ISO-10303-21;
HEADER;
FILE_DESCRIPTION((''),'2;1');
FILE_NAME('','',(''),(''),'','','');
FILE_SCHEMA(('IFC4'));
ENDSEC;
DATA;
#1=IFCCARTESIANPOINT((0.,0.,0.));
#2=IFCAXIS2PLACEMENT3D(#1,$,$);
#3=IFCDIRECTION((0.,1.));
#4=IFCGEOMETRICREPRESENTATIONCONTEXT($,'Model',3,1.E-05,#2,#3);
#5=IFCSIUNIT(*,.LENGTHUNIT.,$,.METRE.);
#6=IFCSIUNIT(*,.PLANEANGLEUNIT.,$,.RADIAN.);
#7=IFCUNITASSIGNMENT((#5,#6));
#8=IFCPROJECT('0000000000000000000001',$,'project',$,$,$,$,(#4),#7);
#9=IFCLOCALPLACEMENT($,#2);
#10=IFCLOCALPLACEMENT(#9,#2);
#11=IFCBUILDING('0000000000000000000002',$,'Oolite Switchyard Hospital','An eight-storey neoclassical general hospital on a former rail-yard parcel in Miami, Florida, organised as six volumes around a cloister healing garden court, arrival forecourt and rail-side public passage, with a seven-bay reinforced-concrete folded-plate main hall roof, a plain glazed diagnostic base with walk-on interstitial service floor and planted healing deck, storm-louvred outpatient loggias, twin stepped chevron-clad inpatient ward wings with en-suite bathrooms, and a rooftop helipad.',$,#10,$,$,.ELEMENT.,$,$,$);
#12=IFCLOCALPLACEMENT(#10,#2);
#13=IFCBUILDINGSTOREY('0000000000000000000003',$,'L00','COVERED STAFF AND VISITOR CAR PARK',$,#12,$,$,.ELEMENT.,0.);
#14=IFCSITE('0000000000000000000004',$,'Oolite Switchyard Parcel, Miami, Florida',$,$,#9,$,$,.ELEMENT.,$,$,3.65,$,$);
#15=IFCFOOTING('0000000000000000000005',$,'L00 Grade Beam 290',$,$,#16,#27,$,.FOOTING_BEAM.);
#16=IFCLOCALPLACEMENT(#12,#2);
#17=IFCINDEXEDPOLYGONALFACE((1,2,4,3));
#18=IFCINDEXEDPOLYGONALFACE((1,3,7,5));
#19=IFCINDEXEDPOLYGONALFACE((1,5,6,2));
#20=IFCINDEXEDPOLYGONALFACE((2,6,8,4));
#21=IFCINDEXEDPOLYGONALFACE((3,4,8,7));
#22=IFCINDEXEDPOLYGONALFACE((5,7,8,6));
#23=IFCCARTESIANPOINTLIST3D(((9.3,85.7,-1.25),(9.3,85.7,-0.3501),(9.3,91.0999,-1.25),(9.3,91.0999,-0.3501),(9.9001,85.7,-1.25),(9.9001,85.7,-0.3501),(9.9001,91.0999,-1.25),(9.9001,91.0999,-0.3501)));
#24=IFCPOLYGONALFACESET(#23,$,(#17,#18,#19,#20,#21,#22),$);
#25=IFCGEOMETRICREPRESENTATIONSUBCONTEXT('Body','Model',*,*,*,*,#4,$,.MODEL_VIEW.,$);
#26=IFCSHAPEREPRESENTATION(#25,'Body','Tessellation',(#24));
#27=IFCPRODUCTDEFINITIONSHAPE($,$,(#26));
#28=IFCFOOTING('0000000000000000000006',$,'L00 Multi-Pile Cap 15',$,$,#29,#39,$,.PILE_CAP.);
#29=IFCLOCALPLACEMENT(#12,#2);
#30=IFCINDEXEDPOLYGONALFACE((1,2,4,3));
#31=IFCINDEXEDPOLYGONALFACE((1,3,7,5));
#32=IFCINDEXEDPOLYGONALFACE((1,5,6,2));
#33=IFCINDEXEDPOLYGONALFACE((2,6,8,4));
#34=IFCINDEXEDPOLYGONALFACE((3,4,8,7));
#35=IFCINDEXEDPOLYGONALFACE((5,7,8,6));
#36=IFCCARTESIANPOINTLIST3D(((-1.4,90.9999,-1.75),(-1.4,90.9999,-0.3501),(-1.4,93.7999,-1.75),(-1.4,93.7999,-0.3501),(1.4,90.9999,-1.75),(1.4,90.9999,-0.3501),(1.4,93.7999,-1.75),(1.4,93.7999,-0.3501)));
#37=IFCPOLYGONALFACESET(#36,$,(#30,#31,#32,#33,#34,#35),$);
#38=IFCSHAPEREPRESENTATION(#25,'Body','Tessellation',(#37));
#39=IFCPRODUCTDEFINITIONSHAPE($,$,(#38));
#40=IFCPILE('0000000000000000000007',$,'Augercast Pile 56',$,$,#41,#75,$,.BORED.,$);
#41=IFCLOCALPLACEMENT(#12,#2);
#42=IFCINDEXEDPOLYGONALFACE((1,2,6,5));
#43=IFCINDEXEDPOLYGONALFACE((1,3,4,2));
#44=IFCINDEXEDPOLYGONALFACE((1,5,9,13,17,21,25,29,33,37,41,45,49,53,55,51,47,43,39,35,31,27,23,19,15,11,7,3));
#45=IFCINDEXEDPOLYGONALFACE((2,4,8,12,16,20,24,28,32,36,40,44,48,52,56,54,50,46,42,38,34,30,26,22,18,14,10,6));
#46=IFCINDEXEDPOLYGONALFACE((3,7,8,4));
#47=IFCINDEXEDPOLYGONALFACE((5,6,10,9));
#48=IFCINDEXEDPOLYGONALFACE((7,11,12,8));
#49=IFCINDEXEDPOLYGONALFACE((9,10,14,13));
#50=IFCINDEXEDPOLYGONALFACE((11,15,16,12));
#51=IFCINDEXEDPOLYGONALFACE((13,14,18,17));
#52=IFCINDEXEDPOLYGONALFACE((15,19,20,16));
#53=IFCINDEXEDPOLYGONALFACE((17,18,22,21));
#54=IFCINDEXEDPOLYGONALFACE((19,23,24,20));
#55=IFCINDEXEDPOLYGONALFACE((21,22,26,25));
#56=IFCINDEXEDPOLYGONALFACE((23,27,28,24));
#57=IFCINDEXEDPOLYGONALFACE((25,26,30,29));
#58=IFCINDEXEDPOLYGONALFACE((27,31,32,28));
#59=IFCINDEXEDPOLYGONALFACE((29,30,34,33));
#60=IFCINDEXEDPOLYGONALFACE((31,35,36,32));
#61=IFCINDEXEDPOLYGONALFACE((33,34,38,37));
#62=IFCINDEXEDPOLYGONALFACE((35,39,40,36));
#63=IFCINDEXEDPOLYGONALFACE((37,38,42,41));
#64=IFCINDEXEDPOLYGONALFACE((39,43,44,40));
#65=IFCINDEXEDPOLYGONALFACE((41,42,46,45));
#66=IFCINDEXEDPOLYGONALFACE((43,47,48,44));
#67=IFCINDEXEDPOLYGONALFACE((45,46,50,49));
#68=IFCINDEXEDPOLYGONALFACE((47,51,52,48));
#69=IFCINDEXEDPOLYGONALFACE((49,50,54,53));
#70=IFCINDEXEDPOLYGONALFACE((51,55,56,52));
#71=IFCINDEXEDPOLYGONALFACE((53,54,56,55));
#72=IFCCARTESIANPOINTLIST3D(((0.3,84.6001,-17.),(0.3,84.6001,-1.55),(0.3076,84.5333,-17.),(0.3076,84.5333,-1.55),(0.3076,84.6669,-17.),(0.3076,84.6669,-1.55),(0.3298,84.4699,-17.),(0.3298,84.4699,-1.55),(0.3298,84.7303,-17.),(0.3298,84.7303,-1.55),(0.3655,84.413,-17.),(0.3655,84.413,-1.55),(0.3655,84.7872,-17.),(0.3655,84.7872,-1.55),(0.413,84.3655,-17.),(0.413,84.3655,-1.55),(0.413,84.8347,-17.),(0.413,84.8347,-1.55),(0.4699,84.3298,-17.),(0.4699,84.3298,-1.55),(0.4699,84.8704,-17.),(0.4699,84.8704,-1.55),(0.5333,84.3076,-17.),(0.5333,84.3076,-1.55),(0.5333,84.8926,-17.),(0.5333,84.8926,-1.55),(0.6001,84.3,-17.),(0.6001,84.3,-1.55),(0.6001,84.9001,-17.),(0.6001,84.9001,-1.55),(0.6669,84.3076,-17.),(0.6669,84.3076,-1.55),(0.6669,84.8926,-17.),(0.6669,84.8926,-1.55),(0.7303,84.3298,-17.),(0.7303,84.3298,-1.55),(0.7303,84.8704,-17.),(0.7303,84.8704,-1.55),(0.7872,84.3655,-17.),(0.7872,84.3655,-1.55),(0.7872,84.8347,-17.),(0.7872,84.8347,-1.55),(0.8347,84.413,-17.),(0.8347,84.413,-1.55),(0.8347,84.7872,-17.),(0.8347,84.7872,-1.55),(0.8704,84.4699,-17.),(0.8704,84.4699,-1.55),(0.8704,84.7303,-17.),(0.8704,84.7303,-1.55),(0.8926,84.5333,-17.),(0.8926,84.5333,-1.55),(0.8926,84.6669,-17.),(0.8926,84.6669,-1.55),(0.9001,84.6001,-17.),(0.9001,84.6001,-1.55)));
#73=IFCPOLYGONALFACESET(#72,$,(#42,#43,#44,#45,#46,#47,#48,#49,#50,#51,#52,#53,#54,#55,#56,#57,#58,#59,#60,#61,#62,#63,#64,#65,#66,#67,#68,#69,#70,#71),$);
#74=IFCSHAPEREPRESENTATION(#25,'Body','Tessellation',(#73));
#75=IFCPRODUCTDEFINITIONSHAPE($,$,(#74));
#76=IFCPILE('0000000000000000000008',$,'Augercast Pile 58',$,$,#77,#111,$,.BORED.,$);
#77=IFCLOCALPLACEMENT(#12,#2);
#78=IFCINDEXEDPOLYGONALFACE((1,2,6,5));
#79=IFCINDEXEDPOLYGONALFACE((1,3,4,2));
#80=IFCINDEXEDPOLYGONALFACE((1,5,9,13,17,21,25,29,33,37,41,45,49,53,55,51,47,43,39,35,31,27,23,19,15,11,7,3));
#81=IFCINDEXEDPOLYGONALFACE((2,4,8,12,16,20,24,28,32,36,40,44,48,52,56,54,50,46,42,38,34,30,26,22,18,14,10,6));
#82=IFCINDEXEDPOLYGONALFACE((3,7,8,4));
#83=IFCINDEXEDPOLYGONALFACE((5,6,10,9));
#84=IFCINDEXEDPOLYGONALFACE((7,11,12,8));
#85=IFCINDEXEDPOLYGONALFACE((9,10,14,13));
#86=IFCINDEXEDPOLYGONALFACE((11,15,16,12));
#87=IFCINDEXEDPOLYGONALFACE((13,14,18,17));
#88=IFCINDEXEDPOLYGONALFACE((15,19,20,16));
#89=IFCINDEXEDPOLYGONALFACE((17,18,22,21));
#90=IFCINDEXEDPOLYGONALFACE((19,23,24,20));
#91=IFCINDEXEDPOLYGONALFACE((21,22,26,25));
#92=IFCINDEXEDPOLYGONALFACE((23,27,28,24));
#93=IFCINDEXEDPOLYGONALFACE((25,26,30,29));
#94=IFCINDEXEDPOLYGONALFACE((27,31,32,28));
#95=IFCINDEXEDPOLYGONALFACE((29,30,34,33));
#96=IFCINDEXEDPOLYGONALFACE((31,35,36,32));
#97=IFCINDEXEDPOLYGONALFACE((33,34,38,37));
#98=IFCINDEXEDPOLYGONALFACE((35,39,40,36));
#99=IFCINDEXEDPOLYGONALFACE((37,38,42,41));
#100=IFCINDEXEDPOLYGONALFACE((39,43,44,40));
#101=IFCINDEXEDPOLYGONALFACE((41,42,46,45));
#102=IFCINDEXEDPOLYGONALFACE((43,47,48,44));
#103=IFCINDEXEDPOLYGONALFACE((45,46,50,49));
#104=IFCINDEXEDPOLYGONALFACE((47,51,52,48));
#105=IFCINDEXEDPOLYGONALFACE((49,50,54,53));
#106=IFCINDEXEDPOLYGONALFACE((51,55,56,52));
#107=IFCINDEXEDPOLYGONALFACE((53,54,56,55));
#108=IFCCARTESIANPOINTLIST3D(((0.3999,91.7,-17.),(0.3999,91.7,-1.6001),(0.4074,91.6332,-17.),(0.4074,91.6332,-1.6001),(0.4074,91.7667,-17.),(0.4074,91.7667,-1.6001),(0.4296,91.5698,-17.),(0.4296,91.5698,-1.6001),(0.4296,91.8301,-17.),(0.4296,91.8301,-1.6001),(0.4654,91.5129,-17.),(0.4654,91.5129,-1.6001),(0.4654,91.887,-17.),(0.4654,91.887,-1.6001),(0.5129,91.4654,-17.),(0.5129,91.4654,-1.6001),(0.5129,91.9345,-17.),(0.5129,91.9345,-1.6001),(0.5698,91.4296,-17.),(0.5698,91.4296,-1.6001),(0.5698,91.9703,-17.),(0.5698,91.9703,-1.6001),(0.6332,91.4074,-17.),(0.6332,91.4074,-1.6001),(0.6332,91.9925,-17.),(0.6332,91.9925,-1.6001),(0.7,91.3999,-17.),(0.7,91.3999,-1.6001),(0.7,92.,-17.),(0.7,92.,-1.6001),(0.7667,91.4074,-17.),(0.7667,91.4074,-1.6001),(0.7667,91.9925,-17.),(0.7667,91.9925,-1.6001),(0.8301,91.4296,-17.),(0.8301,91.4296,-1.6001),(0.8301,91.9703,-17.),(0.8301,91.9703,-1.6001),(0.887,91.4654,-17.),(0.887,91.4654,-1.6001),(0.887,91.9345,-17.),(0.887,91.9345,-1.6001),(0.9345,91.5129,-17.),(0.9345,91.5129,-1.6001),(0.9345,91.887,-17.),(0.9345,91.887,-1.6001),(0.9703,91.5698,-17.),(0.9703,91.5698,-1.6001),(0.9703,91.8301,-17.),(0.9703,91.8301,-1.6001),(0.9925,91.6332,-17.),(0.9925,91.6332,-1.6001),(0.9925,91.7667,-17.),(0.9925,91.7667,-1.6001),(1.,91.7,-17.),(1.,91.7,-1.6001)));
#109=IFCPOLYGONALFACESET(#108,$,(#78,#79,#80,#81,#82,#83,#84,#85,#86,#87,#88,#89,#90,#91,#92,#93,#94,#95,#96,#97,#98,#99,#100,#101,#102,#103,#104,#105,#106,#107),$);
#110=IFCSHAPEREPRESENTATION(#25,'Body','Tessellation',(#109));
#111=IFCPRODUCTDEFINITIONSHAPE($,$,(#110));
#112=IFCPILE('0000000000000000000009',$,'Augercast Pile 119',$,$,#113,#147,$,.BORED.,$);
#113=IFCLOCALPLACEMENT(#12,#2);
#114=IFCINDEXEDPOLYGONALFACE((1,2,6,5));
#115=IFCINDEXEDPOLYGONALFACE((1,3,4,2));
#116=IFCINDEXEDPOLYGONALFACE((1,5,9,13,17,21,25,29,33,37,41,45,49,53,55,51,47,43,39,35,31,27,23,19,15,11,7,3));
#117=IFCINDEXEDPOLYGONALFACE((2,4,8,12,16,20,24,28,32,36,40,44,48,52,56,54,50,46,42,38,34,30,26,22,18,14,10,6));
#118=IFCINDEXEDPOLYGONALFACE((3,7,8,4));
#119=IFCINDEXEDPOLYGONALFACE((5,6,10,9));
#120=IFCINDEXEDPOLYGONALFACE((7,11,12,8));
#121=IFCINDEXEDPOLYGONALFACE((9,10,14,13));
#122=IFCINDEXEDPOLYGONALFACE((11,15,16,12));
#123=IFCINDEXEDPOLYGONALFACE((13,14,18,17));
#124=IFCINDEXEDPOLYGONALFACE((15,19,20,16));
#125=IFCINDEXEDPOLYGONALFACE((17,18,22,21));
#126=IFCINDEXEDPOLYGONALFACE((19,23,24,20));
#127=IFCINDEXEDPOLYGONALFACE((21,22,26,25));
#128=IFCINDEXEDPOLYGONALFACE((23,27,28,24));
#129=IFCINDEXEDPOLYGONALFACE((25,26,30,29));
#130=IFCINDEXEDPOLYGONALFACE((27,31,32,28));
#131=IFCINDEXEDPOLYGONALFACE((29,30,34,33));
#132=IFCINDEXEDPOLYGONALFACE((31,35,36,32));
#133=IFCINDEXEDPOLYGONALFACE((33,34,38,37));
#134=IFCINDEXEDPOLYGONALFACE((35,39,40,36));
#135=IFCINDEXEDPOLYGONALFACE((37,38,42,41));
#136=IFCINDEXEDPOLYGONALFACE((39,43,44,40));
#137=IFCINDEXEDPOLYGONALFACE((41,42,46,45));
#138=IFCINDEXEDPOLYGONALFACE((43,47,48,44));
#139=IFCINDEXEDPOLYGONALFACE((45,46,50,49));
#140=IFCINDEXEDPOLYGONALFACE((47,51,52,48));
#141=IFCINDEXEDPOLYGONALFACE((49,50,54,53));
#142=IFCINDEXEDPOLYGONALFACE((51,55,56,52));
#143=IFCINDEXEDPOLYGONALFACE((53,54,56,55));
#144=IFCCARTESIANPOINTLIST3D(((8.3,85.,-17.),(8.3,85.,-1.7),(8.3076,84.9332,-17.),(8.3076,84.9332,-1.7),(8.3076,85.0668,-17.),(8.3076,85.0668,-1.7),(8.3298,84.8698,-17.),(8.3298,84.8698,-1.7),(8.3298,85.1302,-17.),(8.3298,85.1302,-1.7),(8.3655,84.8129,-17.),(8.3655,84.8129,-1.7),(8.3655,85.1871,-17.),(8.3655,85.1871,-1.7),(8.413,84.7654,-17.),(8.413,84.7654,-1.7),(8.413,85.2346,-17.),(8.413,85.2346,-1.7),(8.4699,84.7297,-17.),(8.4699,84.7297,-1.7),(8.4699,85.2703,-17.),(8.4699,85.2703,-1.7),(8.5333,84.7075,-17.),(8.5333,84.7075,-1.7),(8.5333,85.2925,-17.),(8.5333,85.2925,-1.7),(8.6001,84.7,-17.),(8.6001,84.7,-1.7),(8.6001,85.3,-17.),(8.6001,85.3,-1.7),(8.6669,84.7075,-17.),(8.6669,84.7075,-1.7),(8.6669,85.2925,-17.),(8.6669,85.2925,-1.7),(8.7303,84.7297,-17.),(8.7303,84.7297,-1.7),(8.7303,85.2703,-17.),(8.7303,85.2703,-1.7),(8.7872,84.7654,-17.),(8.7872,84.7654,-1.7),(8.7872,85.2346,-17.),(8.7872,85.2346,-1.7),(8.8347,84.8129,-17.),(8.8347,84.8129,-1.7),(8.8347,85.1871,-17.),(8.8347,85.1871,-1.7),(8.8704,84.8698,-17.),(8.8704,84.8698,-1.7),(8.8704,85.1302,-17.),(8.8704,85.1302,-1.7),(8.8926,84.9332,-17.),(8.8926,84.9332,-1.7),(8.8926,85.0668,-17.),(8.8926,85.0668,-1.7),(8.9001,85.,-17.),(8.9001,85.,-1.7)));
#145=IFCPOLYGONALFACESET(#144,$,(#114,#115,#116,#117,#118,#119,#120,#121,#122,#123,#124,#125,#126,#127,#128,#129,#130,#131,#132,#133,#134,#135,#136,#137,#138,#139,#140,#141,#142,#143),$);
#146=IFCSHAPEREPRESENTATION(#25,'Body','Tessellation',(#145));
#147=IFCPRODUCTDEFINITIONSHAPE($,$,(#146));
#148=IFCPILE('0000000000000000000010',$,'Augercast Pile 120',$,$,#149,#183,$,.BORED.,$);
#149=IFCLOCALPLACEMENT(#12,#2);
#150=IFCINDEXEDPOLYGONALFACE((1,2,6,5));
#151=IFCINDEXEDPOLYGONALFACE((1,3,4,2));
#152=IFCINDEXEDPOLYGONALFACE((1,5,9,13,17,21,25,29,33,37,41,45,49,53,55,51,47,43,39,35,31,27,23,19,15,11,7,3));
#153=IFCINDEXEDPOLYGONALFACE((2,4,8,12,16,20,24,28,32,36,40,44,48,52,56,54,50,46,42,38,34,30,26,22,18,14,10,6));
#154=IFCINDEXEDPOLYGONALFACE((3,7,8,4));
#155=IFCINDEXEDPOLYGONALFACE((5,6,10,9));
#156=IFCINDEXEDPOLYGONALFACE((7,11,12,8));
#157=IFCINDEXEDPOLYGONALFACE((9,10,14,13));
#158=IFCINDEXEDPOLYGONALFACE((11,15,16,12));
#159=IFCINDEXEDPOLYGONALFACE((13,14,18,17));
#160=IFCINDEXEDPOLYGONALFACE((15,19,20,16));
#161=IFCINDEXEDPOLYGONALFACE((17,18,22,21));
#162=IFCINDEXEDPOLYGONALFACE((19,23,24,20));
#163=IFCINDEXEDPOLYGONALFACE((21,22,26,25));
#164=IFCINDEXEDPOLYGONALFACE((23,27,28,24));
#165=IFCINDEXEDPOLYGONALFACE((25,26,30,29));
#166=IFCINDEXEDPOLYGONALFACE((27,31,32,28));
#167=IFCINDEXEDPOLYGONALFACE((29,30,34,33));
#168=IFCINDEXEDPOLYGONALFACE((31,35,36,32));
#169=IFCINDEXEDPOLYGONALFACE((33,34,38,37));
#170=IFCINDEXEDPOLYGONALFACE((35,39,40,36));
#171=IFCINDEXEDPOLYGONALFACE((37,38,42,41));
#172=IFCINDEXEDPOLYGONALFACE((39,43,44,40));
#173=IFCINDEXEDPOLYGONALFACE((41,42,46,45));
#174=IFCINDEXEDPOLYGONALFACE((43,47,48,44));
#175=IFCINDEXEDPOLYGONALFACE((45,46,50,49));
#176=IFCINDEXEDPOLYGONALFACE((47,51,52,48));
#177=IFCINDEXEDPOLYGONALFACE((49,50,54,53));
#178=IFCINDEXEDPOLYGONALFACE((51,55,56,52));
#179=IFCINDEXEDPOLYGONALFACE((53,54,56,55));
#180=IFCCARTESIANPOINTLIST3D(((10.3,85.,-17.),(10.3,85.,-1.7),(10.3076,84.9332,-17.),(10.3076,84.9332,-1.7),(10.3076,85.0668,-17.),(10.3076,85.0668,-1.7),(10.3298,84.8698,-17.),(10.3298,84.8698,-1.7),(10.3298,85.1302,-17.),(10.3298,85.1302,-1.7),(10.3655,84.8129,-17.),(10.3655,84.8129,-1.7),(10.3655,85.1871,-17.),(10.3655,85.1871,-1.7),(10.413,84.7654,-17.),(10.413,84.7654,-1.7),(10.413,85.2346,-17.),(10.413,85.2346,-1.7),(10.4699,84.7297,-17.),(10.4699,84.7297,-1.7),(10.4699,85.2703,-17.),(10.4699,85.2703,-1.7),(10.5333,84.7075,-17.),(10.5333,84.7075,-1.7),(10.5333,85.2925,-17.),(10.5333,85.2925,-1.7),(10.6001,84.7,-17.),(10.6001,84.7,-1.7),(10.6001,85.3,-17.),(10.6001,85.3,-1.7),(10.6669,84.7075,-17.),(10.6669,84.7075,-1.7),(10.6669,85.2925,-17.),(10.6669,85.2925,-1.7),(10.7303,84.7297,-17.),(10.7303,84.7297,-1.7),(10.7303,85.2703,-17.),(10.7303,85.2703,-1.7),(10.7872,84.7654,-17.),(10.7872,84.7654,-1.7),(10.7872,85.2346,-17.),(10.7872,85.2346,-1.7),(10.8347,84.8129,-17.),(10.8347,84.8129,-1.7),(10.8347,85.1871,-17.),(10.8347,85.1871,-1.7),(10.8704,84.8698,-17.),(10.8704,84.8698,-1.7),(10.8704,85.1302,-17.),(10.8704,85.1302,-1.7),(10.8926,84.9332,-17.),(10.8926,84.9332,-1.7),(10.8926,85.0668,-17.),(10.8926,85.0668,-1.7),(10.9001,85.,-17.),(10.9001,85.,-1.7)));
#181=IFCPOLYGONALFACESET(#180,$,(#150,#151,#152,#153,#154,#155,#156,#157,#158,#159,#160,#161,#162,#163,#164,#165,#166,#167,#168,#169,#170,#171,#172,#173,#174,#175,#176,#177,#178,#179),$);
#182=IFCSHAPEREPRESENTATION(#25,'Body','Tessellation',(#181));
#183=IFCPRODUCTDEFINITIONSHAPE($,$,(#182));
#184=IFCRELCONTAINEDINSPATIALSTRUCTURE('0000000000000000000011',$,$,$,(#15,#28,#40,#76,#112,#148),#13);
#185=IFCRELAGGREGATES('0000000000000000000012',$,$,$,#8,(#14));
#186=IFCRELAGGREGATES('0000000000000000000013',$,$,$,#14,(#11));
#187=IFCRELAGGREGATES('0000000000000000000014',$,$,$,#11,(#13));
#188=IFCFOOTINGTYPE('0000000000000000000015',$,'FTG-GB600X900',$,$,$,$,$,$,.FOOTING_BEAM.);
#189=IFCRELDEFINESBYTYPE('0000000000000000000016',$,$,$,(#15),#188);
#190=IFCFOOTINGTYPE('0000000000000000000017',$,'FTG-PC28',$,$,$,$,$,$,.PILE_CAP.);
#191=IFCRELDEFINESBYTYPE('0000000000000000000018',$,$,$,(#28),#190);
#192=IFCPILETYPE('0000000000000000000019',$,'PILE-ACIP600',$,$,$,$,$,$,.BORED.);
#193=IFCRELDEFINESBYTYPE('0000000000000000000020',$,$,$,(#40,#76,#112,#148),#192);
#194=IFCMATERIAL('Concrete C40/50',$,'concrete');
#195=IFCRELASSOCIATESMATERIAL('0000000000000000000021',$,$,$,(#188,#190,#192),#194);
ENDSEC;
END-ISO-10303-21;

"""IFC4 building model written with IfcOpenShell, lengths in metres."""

from ifc_helpers import new_model, si_unit, direction, frame, origin, origin_2d, place, context, subcontext, project, spatial, rectangle, circle, extrude, material, material_profile, profile_set, type_object, element, save


model = new_model("IFC4")

# Units and contexts
model_context = context("Model", 3, precision=1e-05, world=origin(), true_north=direction((0.0, 1.0)))
body_context = subcontext(model_context, "Body", "Model", "MODEL_VIEW")
ifc_project = project(units=[si_unit("LENGTHUNIT", "METRE"), si_unit("PLANEANGLEUNIT", "RADIAN")], contexts=[model_context])

# Site, building, storey
site_placement = place(None, origin())
site = spatial("IfcSite", under=ifc_project, at=site_placement, Name="Oolite Switchyard Parcel, Miami, Florida", CompositionType="ELEMENT", RefElevation=3.65)
building_placement = place(site_placement, origin())
building = spatial("IfcBuilding", under=site, at=building_placement, Name="Oolite Switchyard Hospital", Description="An eight-storey neoclassical general hospital on a former rail-yard parcel in Miami, Florida, organised as six volumes around a cloister healing garden court, arrival forecourt and rail-side public passage, with a seven-bay reinforced-concrete folded-plate main hall roof, a plain glazed diagnostic base with walk-on interstitial service floor and planted healing deck, storm-louvred outpatient loggias, twin stepped chevron-clad inpatient ward wings with en-suite bathrooms, and a rooftop helipad.", CompositionType="ELEMENT")
storey_placement = place(building_placement, origin())
storey = spatial("IfcBuildingStorey", under=building, at=storey_placement, Name="L00", Description="COVERED STAFF AND VISITOR CAR PARK", CompositionType="ELEMENT", Elevation=0.0)

# Footings
ifc_material_1 = material(Name="Concrete C40/50", Category="concrete")
footing_type_1 = type_object("IfcFootingType", Name="FTG-GB600X900", PredefinedType="FOOTING_BEAM", material=ifc_material_1)
footing_1_placement = place(storey_placement, frame((9.6001, 88.3999, -1.25), z_axis=(0.0, 0.0, 1.0), x_axis=(0.0, 1.0, 0.0)))
element("IfcFooting", 1, at=footing_1_placement, inside=storey, type_object=footing_type_1, Name="L00 Grade Beam 290", PredefinedType="FOOTING_BEAM", context=body_context, shape_type="SweptSolid", body=[
    extrude(rectangle(XDim=5.3999, YDim=0.6001, at=origin_2d()), origin(), (0.0, 0.0, 1.0), 0.8999),
])
footing_type_2 = type_object("IfcFootingType", Name="FTG-PC28", PredefinedType="PILE_CAP", material=ifc_material_1)
footing_2_placement = place(storey_placement, frame((0.0, 92.3999, -1.75), z_axis=(0.0, 0.0, 1.0), x_axis=(1.0, 0.0, 0.0)))
element("IfcFooting", 2, at=footing_2_placement, inside=storey, type_object=footing_type_2, Name="L00 Multi-Pile Cap 15", PredefinedType="PILE_CAP", context=body_context, shape_type="SweptSolid", body=[
    extrude(rectangle(XDim=2.8, YDim=2.8, at=origin_2d()), origin(), (0.0, 0.0, 1.0), 1.3999),
])

# Piles
ifc_material_profile_1 = material_profile(ifc_material_1, circle(Radius=0.3, at=origin_2d()), Name="PILE600")
ifc_profile_set_1 = profile_set([ifc_material_profile_1], Name="Concrete C40/50")
pile_type = type_object("IfcPileType", Name="PILE-ACIP600", PredefinedType="BORED", material=ifc_profile_set_1)
pile_1_placement = place(storey_placement, frame((0.6001, 84.6001, -1.55), z_axis=(0.0, 0.0, -1.0), x_axis=(1.0, 0.0, 0.0)))
element("IfcPile", 3, at=pile_1_placement, inside=storey, type_object=pile_type, Name="Augercast Pile 56", PredefinedType="BORED", context=body_context, shape_type="SweptSolid", body=[
    extrude(circle(Radius=0.3, at=origin_2d()), origin(), (0.0, 0.0, 1.0), 15.45),
])
pile_2_placement = place(storey_placement, frame((0.7, 91.7, -1.6001), z_axis=(0.0, 0.0, -1.0), x_axis=(1.0, 0.0, 0.0)))
element("IfcPile", 4, at=pile_2_placement, inside=storey, type_object=pile_type, Name="Augercast Pile 58", PredefinedType="BORED", context=body_context, shape_type="SweptSolid", body=[
    extrude(circle(Radius=0.3, at=origin_2d()), origin(), (0.0, 0.0, 1.0), 15.3999),
])
for number, where, z_axis, x_axis, name in (
    (5, (8.6001, 85.0, -1.7), (0.0, 0.0, -1.0), (1.0, 0.0, 0.0), "Augercast Pile 119"),
    (6, (10.6001, 85.0, -1.7), (0.0, 0.0, -1.0), (1.0, 0.0, 0.0), "Augercast Pile 120"),
):
    element("IfcPile", number, at=place(storey_placement, frame(where, z_axis=z_axis, x_axis=x_axis)), inside=storey, type_object=pile_type, Name=name, PredefinedType="BORED", context=body_context, shape_type="SweptSolid", body=[
        extrude(circle(Radius=0.3, at=origin_2d()), origin(), (0.0, 0.0, 1.0), 15.3),
    ])

save(model, "model.ifc")
